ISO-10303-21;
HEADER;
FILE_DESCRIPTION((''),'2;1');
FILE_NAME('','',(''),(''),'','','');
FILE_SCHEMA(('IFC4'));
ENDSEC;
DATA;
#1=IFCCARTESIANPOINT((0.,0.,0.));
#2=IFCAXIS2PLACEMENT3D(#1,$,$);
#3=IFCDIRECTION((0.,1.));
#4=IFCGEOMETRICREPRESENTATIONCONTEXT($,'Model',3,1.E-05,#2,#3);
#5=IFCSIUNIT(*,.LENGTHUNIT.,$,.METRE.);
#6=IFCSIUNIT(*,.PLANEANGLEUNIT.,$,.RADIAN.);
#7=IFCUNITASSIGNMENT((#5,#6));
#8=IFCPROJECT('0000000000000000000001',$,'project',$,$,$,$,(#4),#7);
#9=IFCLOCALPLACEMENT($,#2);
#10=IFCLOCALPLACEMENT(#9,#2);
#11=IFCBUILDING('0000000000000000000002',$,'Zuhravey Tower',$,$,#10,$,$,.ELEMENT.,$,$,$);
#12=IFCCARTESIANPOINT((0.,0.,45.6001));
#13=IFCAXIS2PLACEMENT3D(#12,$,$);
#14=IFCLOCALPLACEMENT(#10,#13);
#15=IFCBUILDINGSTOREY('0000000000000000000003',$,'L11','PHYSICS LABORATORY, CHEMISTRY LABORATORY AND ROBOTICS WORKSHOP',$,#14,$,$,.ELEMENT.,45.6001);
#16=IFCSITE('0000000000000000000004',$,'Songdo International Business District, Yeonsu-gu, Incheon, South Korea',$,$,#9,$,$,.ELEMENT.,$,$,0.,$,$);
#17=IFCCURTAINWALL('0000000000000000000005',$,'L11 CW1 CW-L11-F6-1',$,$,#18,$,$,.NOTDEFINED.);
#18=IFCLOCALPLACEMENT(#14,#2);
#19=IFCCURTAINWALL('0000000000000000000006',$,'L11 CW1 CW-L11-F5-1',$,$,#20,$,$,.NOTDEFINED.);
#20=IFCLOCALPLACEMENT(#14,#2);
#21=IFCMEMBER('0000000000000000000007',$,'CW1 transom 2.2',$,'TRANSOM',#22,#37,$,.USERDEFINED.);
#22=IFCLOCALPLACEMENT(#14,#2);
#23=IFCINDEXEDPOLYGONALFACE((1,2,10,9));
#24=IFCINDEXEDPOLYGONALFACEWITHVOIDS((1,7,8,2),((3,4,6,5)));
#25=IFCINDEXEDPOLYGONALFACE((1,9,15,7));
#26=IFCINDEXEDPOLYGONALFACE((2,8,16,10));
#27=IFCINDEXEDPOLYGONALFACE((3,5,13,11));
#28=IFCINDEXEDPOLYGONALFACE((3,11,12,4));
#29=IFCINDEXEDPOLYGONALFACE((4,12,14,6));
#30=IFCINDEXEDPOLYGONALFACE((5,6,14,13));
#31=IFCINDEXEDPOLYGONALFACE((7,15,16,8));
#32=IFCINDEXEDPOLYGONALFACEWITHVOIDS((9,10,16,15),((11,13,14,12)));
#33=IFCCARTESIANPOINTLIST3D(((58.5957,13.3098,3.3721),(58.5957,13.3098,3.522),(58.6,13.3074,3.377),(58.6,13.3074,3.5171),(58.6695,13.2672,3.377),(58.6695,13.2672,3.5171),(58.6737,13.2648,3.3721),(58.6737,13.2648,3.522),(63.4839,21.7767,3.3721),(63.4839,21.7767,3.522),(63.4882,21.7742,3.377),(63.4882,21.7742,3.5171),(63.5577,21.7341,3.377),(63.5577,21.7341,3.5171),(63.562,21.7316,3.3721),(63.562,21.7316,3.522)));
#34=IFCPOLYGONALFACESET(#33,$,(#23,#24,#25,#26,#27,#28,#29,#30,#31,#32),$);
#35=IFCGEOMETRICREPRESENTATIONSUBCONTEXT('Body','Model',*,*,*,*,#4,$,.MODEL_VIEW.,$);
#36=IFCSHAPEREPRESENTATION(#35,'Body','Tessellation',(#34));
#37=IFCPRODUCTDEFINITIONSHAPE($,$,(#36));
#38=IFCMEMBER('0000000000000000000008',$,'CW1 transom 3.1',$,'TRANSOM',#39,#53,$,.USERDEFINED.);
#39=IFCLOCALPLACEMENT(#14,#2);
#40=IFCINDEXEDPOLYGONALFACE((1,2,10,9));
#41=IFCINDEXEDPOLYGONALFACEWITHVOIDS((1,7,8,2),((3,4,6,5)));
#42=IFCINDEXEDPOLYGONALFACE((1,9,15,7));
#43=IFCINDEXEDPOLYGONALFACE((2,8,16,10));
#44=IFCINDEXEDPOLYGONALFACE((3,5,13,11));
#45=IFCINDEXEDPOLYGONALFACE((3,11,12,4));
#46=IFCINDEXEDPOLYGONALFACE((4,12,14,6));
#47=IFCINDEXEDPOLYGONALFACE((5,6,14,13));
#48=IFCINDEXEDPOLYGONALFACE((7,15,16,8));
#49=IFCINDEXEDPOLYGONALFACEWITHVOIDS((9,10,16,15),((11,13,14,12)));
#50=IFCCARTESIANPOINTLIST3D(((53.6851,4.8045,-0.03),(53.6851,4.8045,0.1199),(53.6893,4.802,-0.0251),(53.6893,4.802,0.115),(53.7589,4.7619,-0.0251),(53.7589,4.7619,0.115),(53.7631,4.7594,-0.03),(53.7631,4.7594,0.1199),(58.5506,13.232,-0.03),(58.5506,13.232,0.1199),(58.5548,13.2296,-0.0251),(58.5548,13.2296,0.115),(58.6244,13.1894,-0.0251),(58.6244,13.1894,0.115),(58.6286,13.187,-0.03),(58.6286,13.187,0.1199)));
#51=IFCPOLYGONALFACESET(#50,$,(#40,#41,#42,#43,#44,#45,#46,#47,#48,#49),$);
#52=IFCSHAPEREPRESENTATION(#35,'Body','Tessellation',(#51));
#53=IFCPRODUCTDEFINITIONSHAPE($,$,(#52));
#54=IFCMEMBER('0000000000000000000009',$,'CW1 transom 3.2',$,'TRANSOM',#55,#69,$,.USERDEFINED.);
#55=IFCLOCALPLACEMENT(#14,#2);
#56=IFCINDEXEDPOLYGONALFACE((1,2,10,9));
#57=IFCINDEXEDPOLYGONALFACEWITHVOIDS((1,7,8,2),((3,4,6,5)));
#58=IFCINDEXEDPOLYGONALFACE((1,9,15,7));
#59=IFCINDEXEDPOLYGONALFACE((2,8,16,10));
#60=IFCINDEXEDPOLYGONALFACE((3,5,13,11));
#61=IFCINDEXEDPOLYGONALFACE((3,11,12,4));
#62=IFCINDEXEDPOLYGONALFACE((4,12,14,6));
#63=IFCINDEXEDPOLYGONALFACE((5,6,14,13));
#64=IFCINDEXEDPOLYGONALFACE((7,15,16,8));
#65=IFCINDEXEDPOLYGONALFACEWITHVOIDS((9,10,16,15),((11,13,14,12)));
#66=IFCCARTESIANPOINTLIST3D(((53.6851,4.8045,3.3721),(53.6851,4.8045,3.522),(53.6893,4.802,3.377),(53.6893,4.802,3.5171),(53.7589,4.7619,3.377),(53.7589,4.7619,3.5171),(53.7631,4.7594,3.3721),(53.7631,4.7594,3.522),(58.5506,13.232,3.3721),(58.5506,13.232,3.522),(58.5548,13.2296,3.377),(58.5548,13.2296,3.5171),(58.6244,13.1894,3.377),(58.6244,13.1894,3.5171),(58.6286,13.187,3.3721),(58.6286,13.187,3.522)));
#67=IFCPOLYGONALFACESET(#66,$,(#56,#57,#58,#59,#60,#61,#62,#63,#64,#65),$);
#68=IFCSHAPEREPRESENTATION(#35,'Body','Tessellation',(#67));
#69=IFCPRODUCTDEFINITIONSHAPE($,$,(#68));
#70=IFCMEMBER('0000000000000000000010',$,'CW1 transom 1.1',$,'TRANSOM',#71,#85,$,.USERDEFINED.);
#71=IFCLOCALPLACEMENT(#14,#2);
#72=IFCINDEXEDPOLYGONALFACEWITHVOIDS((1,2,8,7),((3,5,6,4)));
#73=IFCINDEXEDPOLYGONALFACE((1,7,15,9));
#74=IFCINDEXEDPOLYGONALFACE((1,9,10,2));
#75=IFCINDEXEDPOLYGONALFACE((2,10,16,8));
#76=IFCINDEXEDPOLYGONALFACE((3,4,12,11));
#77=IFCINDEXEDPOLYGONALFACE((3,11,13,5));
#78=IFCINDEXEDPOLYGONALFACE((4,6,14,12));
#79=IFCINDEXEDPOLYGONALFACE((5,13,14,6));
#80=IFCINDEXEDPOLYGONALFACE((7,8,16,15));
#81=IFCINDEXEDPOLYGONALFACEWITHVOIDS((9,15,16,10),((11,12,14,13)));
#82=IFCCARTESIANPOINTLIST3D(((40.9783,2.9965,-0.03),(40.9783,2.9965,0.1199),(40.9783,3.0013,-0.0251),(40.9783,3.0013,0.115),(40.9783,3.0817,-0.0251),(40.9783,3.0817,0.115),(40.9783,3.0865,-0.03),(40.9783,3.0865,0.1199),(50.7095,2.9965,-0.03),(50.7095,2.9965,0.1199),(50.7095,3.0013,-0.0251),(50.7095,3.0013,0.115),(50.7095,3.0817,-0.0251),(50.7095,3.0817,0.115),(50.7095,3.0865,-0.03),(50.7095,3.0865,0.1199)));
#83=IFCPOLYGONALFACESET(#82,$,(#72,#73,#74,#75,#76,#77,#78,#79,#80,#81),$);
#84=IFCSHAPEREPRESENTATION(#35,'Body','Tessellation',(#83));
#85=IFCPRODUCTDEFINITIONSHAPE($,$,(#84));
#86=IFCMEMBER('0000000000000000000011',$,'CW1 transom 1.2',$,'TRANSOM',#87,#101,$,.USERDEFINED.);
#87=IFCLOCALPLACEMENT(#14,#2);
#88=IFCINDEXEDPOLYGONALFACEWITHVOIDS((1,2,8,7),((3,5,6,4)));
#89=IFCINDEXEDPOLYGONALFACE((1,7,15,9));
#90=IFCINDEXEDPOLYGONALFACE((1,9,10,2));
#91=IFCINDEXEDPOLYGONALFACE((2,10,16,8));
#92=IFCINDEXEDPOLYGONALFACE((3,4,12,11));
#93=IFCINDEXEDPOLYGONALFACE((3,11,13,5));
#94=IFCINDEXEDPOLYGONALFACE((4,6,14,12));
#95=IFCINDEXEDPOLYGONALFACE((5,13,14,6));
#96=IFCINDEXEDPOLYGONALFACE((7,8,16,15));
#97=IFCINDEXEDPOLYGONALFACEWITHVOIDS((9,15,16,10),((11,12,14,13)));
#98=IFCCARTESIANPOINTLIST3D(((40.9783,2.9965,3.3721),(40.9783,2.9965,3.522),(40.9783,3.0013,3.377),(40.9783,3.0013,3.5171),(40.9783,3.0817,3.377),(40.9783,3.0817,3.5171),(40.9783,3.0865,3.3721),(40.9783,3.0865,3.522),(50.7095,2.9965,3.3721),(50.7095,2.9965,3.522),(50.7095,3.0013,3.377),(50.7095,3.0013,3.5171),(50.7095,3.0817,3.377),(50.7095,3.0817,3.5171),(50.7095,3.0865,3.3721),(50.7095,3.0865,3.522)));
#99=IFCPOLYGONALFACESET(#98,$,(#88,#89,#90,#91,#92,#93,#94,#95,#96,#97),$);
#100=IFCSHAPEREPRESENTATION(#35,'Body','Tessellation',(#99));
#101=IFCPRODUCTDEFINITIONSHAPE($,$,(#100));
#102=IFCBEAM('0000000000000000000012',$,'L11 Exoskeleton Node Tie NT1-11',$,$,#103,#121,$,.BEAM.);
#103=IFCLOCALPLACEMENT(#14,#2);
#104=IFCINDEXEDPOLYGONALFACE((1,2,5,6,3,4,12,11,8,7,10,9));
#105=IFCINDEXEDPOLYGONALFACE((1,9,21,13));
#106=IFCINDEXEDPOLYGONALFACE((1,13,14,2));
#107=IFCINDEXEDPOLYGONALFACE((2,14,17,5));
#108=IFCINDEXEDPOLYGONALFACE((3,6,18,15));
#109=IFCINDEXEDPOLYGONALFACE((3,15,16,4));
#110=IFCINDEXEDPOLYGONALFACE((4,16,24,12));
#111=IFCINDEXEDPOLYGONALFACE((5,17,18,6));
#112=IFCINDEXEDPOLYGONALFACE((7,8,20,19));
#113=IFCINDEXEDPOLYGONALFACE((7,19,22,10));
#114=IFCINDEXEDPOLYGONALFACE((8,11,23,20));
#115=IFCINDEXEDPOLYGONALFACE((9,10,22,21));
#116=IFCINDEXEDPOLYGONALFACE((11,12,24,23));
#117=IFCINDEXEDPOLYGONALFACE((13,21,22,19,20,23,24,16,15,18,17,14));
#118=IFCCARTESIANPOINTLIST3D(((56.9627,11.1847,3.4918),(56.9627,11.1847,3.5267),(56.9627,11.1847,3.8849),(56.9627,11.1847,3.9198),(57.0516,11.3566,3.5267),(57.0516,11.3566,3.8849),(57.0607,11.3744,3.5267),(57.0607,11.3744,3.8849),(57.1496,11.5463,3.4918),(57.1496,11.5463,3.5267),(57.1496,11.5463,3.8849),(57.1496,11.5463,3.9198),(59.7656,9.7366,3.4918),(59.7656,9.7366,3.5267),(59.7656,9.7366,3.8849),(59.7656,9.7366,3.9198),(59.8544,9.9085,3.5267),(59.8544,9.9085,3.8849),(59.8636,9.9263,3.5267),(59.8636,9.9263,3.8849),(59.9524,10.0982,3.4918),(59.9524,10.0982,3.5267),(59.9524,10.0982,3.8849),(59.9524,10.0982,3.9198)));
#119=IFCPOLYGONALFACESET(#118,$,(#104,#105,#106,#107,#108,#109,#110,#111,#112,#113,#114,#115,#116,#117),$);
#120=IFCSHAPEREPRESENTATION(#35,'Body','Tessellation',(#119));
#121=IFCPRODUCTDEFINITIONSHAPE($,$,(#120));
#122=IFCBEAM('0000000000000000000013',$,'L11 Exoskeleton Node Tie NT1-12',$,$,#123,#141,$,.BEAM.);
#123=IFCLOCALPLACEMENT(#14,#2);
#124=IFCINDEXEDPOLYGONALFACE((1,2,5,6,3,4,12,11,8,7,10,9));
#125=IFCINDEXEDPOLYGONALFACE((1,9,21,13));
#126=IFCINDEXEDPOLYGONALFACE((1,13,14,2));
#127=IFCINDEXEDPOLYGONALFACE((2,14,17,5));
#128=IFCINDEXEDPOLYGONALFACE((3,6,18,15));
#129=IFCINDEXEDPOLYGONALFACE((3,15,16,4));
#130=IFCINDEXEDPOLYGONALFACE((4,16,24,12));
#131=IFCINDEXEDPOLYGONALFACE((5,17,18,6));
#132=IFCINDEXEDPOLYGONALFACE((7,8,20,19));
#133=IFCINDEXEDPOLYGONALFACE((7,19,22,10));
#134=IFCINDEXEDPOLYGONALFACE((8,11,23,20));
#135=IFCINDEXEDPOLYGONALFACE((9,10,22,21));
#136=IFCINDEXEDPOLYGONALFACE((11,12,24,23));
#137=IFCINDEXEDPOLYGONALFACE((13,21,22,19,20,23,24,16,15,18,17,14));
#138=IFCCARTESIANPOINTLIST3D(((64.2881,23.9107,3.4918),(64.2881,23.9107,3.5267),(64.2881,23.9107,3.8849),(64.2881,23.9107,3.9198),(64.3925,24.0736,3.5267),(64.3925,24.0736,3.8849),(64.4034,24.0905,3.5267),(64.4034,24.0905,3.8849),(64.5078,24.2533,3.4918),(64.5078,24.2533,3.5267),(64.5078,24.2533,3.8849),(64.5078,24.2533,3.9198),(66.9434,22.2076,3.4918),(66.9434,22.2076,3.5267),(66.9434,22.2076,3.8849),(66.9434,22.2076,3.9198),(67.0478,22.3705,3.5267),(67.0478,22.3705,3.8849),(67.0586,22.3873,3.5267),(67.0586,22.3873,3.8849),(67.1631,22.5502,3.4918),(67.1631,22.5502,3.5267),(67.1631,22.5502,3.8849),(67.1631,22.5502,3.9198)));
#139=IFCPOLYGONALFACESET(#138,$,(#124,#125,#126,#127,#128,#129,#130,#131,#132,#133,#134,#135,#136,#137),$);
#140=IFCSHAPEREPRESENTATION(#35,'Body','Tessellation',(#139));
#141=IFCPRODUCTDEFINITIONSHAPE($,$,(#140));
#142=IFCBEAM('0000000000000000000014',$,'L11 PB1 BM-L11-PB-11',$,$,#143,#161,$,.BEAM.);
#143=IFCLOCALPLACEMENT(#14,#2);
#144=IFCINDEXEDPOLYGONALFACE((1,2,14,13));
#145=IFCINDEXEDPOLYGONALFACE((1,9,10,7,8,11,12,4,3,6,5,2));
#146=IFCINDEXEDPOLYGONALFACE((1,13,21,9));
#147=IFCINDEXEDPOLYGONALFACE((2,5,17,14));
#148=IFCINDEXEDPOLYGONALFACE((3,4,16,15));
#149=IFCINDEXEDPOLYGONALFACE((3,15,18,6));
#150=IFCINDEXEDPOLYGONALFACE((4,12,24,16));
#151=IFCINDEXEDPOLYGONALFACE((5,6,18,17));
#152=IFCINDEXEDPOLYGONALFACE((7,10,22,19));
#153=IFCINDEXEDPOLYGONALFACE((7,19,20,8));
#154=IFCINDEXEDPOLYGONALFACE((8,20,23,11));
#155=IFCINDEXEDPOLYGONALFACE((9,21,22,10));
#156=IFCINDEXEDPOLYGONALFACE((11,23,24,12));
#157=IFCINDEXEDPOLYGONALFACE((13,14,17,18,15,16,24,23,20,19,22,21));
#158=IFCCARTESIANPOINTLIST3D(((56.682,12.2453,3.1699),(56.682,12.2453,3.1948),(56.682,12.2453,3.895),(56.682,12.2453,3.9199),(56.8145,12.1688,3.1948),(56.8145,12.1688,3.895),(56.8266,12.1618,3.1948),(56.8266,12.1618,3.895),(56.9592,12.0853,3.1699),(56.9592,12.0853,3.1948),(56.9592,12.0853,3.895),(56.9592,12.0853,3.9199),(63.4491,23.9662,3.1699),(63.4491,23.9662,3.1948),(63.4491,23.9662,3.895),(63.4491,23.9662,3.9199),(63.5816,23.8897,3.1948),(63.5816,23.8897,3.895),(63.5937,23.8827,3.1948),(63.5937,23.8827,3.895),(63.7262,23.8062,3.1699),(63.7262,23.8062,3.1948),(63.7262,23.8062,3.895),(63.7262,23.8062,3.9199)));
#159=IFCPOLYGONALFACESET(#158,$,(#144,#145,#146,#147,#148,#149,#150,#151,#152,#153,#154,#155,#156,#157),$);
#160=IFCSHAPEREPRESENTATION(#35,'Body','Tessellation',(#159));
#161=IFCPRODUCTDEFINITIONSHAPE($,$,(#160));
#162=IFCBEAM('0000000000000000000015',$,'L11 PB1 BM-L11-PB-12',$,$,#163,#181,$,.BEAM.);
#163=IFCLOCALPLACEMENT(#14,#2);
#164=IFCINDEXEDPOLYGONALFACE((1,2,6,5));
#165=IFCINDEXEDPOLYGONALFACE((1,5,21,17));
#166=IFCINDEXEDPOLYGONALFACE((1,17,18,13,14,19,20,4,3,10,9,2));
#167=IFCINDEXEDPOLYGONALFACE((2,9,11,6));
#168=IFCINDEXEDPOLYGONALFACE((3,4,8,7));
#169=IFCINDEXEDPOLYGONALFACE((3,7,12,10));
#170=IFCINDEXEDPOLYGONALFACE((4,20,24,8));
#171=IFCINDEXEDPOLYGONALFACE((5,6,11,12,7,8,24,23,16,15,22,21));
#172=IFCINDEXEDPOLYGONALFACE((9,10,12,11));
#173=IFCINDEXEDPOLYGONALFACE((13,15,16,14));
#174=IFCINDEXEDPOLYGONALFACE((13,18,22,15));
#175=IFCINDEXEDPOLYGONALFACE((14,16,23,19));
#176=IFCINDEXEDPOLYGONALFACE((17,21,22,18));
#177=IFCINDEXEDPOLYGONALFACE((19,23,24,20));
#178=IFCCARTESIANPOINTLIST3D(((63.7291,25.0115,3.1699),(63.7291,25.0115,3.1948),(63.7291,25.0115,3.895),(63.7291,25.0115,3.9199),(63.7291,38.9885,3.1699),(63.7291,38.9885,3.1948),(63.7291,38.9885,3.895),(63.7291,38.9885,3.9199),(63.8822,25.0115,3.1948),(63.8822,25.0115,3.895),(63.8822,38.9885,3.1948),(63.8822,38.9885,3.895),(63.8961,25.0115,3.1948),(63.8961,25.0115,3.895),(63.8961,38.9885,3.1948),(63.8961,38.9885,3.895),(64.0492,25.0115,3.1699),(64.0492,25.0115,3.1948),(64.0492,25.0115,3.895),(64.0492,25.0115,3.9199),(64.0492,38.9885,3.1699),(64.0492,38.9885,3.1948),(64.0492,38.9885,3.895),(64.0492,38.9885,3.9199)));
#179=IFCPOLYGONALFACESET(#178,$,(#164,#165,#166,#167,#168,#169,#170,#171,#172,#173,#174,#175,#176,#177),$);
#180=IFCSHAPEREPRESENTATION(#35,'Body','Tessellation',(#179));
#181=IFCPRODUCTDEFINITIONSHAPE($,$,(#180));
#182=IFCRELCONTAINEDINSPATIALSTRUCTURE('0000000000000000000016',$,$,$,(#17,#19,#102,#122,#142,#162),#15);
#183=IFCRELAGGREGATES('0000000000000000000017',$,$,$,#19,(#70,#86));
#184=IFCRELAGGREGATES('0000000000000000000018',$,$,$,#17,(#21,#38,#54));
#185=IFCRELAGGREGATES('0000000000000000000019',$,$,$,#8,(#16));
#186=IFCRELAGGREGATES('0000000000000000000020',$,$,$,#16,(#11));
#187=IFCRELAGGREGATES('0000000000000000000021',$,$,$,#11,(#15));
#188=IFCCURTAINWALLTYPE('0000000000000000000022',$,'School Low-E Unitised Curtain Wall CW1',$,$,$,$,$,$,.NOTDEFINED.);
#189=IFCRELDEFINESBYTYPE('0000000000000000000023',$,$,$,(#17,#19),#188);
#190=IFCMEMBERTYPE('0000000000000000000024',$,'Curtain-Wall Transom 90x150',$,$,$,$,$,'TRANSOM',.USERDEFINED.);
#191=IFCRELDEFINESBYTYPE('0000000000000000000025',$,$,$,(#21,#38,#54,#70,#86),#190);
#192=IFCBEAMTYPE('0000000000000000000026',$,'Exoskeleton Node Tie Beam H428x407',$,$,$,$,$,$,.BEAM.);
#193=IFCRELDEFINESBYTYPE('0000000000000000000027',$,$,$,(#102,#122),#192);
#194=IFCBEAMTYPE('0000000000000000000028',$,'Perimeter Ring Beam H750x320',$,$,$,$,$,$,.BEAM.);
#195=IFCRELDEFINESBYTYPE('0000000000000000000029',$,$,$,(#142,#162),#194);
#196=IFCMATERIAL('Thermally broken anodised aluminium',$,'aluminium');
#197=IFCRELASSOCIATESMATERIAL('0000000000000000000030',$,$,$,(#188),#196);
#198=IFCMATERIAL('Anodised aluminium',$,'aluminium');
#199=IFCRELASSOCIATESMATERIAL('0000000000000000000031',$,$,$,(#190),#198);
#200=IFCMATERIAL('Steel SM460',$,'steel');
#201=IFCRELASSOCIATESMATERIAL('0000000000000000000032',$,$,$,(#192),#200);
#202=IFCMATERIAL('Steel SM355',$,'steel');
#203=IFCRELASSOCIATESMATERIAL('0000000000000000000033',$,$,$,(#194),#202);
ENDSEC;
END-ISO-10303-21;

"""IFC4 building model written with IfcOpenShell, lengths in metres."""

from ifc_helpers import new_model, si_unit, direction, frame, origin, origin_2d, place, context, subcontext, project, spatial, hollow_rectangle, i_section, extrude, material, material_profile, profile_set, type_object, element, aggregate, save


model = new_model("IFC4")

# Units and contexts
model_context = context("Model", 3, precision=1e-05, world=origin(), true_north=direction((0.0, 1.0)))
body_context = subcontext(model_context, "Body", "Model", "MODEL_VIEW")
ifc_project = project(units=[si_unit("LENGTHUNIT", "METRE"), si_unit("PLANEANGLEUNIT", "RADIAN")], contexts=[model_context])

# Site, building, storey
site_placement = place(None, origin())
site = spatial("IfcSite", under=ifc_project, at=site_placement, Name="Songdo International Business District, Yeonsu-gu, Incheon, South Korea", CompositionType="ELEMENT", RefElevation=0.0)
building_placement = place(site_placement, origin())
building = spatial("IfcBuilding", under=site, at=building_placement, Name="Zuhravey Tower", CompositionType="ELEMENT")
storey_placement = place(building_placement, frame((0.0, 0.0, 45.6001)))
storey = spatial("IfcBuildingStorey", under=building, at=storey_placement, Name="L11", Description="PHYSICS LABORATORY, CHEMISTRY LABORATORY AND ROBOTICS WORKSHOP", CompositionType="ELEMENT", Elevation=45.6001)

# Curtain wall
ifc_material_1 = material(Name="Thermally broken anodised aluminium", Category="aluminium")
curtain_wall_type = type_object("IfcCurtainWallType", Name="School Low-E Unitised Curtain Wall CW1", PredefinedType="NOTDEFINED", material=ifc_material_1)
curtain_wall_1_placement = place(storey_placement, origin())
curtain_wall_1 = element("IfcCurtainWall", 1, at=curtain_wall_1_placement, inside=storey, type_object=curtain_wall_type, Name="L11 CW1 CW-L11-F6-1", PredefinedType="NOTDEFINED")
ifc_material_2 = material(Name="Anodised aluminium", Category="aluminium")

# Curtain wall
curtain_wall_2_placement = place(storey_placement, origin())
curtain_wall_2 = element("IfcCurtainWall", 2, at=curtain_wall_2_placement, inside=storey, type_object=curtain_wall_type, Name="L11 CW1 CW-L11-F5-1", PredefinedType="NOTDEFINED")

# Members
ifc_material_profile_1 = material_profile(ifc_material_2, hollow_rectangle(XDim=0.0901, YDim=0.1499, WallThickness=0.0049, at=origin_2d()), Name="ALU-RHS-90x150x5")
ifc_profile_set_1 = profile_set([ifc_material_profile_1], Name="Anodised aluminium")
member_type_1 = type_object("IfcMemberType", Name="Curtain-Wall Transom 90x150", ElementType="TRANSOM", PredefinedType="USERDEFINED", material=ifc_profile_set_1)
member_1_placement = place(storey_placement, frame((63.5229, 21.7542, 3.447), z_axis=(-0.49999, -0.866031, 0.0), x_axis=(0.866031, -0.49999, 0.0)))
member_1 = element("IfcMember", 3, at=member_1_placement, type_object=member_type_1, Name="CW1 transom 2.2", ObjectType="TRANSOM", PredefinedType="USERDEFINED", context=body_context, shape_type="SweptSolid", body=[
    extrude(hollow_rectangle(XDim=0.0901, YDim=0.1499, WallThickness=0.0049, at=origin_2d()), origin(), (0.0, 0.0, 1.0), 9.7766),
])
member_2_placement = place(storey_placement, frame((58.5896, 13.2095, 0.0449), z_axis=(-0.49999, -0.866031, 0.0), x_axis=(0.866031, -0.49999, 0.0)))
member_2 = element("IfcMember", 4, at=member_2_placement, type_object=member_type_1, Name="CW1 transom 3.1", ObjectType="TRANSOM", PredefinedType="USERDEFINED", context=body_context, shape_type="SweptSolid", body=[
    extrude(hollow_rectangle(XDim=0.0901, YDim=0.1499, WallThickness=0.0049, at=origin_2d()), origin(), (0.0, 0.0, 1.0), 9.7312),
])
member_3_placement = place(storey_placement, frame((58.5896, 13.2095, 3.447), z_axis=(-0.49999, -0.866031, 0.0), x_axis=(0.866031, -0.49999, 0.0)))
member_3 = element("IfcMember", 5, at=member_3_placement, type_object=member_type_1, Name="CW1 transom 3.2", ObjectType="TRANSOM", PredefinedType="USERDEFINED", context=body_context, shape_type="SweptSolid", body=[
    extrude(hollow_rectangle(XDim=0.0901, YDim=0.1499, WallThickness=0.0049, at=origin_2d()), origin(), (0.0, 0.0, 1.0), 9.7312),
])
member_4_placement = place(storey_placement, frame((50.7095, 3.0415, 0.0449), z_axis=(-1.0, 0.0, 0.0), x_axis=(0.0, -1.0, 0.0)))
member_4 = element("IfcMember", 6, at=member_4_placement, type_object=member_type_1, Name="CW1 transom 1.1", ObjectType="TRANSOM", PredefinedType="USERDEFINED", context=body_context, shape_type="SweptSolid", body=[
    extrude(hollow_rectangle(XDim=0.0901, YDim=0.1499, WallThickness=0.0049, at=origin_2d()), origin(), (0.0, 0.0, 1.0), 9.7312),
])
member_5_placement = place(storey_placement, frame((50.7095, 3.0415, 3.447), z_axis=(-1.0, 0.0, 0.0), x_axis=(0.0, -1.0, 0.0)))
member_5 = element("IfcMember", 7, at=member_5_placement, type_object=member_type_1, Name="CW1 transom 1.2", ObjectType="TRANSOM", PredefinedType="USERDEFINED", context=body_context, shape_type="SweptSolid", body=[
    extrude(hollow_rectangle(XDim=0.0901, YDim=0.1499, WallThickness=0.0049, at=origin_2d()), origin(), (0.0, 0.0, 1.0), 9.7312),
])
aggregate(curtain_wall_2, [member_4, member_5])

# Beams
ifc_material_3 = material(Name="Steel SM460", Category="steel")
ifc_material_profile_2 = material_profile(ifc_material_3, i_section(OverallWidth=0.407, OverallDepth=0.428, WebThickness=0.02, FlangeThickness=0.0349, at=origin_2d()), Name="H-428x407x20x35")
ifc_profile_set_2 = profile_set([ifc_material_profile_2], Name="Steel SM460")
beam_type_1 = type_object("IfcBeamType", Name="Exoskeleton Node Tie Beam H428x407", PredefinedType="BEAM", material=ifc_profile_set_2)
beam_1_placement = place(storey_placement, frame((57.0562, 11.3655, 3.7058), z_axis=(0.888436, -0.459, 0.0), x_axis=(0.459, 0.888436, 0.0)))
element("IfcBeam", 8, at=beam_1_placement, inside=storey, type_object=beam_type_1, Name="L11 Exoskeleton Node Tie NT1-11", PredefinedType="BEAM", context=body_context, shape_type="SweptSolid", body=[
    extrude(i_section(OverallWidth=0.407, OverallDepth=0.428, WebThickness=0.02, FlangeThickness=0.0349, at=origin_2d()), origin(), (0.0, 0.0, 1.0), 3.1548),
])
beam_2_placement = place(storey_placement, frame((64.3979, 24.082, 3.7058), z_axis=(0.841731, -0.539897, 0.0), x_axis=(0.539897, 0.841731, 0.0)))
element("IfcBeam", 9, at=beam_2_placement, inside=storey, type_object=beam_type_1, Name="L11 Exoskeleton Node Tie NT1-12", PredefinedType="BEAM", context=body_context, shape_type="SweptSolid", body=[
    extrude(i_section(OverallWidth=0.407, OverallDepth=0.428, WebThickness=0.02, FlangeThickness=0.0349, at=origin_2d()), origin(), (0.0, 0.0, 1.0), 3.1545),
])
ifc_material_4 = material(Name="Steel SM355", Category="steel")
ifc_material_profile_3 = material_profile(ifc_material_4, i_section(OverallWidth=0.3201, OverallDepth=0.75, WebThickness=0.0139, FlangeThickness=0.0249, at=origin_2d()), Name="H-750x320x14x25")
ifc_profile_set_3 = profile_set([ifc_material_profile_3], Name="Steel SM355")
beam_type_2 = type_object("IfcBeamType", Name="Perimeter Ring Beam H750x320", PredefinedType="BEAM", material=ifc_profile_set_3)
beam_3_placement = place(storey_placement, frame((56.8206, 12.1653, 3.5449), z_axis=(0.5, 0.866025, 0.0), x_axis=(-0.866025, 0.5, 0.0)))
element("IfcBeam", 10, at=beam_3_placement, inside=storey, type_object=beam_type_2, Name="L11 PB1 BM-L11-PB-11", PredefinedType="BEAM", context=body_context, shape_type="SweptSolid", body=[
    extrude(i_section(OverallWidth=0.3201, OverallDepth=0.75, WebThickness=0.0139, FlangeThickness=0.0249, at=origin_2d()), origin(), (0.0, 0.0, 1.0), 13.5342),
])
beam_4_placement = place(storey_placement, frame((63.8892, 25.0115, 3.5449), z_axis=(0.0, 1.0, 0.0), x_axis=(-1.0, 0.0, 0.0)))
element("IfcBeam", 11, at=beam_4_placement, inside=storey, type_object=beam_type_2, Name="L11 PB1 BM-L11-PB-12", PredefinedType="BEAM", context=body_context, shape_type="SweptSolid", body=[
    extrude(i_section(OverallWidth=0.3201, OverallDepth=0.75, WebThickness=0.0139, FlangeThickness=0.0249, at=origin_2d()), origin(), (0.0, 0.0, 1.0), 13.9771),
])

aggregate(curtain_wall_1, [member_1, member_2, member_3])

save(model, "model.ifc")
